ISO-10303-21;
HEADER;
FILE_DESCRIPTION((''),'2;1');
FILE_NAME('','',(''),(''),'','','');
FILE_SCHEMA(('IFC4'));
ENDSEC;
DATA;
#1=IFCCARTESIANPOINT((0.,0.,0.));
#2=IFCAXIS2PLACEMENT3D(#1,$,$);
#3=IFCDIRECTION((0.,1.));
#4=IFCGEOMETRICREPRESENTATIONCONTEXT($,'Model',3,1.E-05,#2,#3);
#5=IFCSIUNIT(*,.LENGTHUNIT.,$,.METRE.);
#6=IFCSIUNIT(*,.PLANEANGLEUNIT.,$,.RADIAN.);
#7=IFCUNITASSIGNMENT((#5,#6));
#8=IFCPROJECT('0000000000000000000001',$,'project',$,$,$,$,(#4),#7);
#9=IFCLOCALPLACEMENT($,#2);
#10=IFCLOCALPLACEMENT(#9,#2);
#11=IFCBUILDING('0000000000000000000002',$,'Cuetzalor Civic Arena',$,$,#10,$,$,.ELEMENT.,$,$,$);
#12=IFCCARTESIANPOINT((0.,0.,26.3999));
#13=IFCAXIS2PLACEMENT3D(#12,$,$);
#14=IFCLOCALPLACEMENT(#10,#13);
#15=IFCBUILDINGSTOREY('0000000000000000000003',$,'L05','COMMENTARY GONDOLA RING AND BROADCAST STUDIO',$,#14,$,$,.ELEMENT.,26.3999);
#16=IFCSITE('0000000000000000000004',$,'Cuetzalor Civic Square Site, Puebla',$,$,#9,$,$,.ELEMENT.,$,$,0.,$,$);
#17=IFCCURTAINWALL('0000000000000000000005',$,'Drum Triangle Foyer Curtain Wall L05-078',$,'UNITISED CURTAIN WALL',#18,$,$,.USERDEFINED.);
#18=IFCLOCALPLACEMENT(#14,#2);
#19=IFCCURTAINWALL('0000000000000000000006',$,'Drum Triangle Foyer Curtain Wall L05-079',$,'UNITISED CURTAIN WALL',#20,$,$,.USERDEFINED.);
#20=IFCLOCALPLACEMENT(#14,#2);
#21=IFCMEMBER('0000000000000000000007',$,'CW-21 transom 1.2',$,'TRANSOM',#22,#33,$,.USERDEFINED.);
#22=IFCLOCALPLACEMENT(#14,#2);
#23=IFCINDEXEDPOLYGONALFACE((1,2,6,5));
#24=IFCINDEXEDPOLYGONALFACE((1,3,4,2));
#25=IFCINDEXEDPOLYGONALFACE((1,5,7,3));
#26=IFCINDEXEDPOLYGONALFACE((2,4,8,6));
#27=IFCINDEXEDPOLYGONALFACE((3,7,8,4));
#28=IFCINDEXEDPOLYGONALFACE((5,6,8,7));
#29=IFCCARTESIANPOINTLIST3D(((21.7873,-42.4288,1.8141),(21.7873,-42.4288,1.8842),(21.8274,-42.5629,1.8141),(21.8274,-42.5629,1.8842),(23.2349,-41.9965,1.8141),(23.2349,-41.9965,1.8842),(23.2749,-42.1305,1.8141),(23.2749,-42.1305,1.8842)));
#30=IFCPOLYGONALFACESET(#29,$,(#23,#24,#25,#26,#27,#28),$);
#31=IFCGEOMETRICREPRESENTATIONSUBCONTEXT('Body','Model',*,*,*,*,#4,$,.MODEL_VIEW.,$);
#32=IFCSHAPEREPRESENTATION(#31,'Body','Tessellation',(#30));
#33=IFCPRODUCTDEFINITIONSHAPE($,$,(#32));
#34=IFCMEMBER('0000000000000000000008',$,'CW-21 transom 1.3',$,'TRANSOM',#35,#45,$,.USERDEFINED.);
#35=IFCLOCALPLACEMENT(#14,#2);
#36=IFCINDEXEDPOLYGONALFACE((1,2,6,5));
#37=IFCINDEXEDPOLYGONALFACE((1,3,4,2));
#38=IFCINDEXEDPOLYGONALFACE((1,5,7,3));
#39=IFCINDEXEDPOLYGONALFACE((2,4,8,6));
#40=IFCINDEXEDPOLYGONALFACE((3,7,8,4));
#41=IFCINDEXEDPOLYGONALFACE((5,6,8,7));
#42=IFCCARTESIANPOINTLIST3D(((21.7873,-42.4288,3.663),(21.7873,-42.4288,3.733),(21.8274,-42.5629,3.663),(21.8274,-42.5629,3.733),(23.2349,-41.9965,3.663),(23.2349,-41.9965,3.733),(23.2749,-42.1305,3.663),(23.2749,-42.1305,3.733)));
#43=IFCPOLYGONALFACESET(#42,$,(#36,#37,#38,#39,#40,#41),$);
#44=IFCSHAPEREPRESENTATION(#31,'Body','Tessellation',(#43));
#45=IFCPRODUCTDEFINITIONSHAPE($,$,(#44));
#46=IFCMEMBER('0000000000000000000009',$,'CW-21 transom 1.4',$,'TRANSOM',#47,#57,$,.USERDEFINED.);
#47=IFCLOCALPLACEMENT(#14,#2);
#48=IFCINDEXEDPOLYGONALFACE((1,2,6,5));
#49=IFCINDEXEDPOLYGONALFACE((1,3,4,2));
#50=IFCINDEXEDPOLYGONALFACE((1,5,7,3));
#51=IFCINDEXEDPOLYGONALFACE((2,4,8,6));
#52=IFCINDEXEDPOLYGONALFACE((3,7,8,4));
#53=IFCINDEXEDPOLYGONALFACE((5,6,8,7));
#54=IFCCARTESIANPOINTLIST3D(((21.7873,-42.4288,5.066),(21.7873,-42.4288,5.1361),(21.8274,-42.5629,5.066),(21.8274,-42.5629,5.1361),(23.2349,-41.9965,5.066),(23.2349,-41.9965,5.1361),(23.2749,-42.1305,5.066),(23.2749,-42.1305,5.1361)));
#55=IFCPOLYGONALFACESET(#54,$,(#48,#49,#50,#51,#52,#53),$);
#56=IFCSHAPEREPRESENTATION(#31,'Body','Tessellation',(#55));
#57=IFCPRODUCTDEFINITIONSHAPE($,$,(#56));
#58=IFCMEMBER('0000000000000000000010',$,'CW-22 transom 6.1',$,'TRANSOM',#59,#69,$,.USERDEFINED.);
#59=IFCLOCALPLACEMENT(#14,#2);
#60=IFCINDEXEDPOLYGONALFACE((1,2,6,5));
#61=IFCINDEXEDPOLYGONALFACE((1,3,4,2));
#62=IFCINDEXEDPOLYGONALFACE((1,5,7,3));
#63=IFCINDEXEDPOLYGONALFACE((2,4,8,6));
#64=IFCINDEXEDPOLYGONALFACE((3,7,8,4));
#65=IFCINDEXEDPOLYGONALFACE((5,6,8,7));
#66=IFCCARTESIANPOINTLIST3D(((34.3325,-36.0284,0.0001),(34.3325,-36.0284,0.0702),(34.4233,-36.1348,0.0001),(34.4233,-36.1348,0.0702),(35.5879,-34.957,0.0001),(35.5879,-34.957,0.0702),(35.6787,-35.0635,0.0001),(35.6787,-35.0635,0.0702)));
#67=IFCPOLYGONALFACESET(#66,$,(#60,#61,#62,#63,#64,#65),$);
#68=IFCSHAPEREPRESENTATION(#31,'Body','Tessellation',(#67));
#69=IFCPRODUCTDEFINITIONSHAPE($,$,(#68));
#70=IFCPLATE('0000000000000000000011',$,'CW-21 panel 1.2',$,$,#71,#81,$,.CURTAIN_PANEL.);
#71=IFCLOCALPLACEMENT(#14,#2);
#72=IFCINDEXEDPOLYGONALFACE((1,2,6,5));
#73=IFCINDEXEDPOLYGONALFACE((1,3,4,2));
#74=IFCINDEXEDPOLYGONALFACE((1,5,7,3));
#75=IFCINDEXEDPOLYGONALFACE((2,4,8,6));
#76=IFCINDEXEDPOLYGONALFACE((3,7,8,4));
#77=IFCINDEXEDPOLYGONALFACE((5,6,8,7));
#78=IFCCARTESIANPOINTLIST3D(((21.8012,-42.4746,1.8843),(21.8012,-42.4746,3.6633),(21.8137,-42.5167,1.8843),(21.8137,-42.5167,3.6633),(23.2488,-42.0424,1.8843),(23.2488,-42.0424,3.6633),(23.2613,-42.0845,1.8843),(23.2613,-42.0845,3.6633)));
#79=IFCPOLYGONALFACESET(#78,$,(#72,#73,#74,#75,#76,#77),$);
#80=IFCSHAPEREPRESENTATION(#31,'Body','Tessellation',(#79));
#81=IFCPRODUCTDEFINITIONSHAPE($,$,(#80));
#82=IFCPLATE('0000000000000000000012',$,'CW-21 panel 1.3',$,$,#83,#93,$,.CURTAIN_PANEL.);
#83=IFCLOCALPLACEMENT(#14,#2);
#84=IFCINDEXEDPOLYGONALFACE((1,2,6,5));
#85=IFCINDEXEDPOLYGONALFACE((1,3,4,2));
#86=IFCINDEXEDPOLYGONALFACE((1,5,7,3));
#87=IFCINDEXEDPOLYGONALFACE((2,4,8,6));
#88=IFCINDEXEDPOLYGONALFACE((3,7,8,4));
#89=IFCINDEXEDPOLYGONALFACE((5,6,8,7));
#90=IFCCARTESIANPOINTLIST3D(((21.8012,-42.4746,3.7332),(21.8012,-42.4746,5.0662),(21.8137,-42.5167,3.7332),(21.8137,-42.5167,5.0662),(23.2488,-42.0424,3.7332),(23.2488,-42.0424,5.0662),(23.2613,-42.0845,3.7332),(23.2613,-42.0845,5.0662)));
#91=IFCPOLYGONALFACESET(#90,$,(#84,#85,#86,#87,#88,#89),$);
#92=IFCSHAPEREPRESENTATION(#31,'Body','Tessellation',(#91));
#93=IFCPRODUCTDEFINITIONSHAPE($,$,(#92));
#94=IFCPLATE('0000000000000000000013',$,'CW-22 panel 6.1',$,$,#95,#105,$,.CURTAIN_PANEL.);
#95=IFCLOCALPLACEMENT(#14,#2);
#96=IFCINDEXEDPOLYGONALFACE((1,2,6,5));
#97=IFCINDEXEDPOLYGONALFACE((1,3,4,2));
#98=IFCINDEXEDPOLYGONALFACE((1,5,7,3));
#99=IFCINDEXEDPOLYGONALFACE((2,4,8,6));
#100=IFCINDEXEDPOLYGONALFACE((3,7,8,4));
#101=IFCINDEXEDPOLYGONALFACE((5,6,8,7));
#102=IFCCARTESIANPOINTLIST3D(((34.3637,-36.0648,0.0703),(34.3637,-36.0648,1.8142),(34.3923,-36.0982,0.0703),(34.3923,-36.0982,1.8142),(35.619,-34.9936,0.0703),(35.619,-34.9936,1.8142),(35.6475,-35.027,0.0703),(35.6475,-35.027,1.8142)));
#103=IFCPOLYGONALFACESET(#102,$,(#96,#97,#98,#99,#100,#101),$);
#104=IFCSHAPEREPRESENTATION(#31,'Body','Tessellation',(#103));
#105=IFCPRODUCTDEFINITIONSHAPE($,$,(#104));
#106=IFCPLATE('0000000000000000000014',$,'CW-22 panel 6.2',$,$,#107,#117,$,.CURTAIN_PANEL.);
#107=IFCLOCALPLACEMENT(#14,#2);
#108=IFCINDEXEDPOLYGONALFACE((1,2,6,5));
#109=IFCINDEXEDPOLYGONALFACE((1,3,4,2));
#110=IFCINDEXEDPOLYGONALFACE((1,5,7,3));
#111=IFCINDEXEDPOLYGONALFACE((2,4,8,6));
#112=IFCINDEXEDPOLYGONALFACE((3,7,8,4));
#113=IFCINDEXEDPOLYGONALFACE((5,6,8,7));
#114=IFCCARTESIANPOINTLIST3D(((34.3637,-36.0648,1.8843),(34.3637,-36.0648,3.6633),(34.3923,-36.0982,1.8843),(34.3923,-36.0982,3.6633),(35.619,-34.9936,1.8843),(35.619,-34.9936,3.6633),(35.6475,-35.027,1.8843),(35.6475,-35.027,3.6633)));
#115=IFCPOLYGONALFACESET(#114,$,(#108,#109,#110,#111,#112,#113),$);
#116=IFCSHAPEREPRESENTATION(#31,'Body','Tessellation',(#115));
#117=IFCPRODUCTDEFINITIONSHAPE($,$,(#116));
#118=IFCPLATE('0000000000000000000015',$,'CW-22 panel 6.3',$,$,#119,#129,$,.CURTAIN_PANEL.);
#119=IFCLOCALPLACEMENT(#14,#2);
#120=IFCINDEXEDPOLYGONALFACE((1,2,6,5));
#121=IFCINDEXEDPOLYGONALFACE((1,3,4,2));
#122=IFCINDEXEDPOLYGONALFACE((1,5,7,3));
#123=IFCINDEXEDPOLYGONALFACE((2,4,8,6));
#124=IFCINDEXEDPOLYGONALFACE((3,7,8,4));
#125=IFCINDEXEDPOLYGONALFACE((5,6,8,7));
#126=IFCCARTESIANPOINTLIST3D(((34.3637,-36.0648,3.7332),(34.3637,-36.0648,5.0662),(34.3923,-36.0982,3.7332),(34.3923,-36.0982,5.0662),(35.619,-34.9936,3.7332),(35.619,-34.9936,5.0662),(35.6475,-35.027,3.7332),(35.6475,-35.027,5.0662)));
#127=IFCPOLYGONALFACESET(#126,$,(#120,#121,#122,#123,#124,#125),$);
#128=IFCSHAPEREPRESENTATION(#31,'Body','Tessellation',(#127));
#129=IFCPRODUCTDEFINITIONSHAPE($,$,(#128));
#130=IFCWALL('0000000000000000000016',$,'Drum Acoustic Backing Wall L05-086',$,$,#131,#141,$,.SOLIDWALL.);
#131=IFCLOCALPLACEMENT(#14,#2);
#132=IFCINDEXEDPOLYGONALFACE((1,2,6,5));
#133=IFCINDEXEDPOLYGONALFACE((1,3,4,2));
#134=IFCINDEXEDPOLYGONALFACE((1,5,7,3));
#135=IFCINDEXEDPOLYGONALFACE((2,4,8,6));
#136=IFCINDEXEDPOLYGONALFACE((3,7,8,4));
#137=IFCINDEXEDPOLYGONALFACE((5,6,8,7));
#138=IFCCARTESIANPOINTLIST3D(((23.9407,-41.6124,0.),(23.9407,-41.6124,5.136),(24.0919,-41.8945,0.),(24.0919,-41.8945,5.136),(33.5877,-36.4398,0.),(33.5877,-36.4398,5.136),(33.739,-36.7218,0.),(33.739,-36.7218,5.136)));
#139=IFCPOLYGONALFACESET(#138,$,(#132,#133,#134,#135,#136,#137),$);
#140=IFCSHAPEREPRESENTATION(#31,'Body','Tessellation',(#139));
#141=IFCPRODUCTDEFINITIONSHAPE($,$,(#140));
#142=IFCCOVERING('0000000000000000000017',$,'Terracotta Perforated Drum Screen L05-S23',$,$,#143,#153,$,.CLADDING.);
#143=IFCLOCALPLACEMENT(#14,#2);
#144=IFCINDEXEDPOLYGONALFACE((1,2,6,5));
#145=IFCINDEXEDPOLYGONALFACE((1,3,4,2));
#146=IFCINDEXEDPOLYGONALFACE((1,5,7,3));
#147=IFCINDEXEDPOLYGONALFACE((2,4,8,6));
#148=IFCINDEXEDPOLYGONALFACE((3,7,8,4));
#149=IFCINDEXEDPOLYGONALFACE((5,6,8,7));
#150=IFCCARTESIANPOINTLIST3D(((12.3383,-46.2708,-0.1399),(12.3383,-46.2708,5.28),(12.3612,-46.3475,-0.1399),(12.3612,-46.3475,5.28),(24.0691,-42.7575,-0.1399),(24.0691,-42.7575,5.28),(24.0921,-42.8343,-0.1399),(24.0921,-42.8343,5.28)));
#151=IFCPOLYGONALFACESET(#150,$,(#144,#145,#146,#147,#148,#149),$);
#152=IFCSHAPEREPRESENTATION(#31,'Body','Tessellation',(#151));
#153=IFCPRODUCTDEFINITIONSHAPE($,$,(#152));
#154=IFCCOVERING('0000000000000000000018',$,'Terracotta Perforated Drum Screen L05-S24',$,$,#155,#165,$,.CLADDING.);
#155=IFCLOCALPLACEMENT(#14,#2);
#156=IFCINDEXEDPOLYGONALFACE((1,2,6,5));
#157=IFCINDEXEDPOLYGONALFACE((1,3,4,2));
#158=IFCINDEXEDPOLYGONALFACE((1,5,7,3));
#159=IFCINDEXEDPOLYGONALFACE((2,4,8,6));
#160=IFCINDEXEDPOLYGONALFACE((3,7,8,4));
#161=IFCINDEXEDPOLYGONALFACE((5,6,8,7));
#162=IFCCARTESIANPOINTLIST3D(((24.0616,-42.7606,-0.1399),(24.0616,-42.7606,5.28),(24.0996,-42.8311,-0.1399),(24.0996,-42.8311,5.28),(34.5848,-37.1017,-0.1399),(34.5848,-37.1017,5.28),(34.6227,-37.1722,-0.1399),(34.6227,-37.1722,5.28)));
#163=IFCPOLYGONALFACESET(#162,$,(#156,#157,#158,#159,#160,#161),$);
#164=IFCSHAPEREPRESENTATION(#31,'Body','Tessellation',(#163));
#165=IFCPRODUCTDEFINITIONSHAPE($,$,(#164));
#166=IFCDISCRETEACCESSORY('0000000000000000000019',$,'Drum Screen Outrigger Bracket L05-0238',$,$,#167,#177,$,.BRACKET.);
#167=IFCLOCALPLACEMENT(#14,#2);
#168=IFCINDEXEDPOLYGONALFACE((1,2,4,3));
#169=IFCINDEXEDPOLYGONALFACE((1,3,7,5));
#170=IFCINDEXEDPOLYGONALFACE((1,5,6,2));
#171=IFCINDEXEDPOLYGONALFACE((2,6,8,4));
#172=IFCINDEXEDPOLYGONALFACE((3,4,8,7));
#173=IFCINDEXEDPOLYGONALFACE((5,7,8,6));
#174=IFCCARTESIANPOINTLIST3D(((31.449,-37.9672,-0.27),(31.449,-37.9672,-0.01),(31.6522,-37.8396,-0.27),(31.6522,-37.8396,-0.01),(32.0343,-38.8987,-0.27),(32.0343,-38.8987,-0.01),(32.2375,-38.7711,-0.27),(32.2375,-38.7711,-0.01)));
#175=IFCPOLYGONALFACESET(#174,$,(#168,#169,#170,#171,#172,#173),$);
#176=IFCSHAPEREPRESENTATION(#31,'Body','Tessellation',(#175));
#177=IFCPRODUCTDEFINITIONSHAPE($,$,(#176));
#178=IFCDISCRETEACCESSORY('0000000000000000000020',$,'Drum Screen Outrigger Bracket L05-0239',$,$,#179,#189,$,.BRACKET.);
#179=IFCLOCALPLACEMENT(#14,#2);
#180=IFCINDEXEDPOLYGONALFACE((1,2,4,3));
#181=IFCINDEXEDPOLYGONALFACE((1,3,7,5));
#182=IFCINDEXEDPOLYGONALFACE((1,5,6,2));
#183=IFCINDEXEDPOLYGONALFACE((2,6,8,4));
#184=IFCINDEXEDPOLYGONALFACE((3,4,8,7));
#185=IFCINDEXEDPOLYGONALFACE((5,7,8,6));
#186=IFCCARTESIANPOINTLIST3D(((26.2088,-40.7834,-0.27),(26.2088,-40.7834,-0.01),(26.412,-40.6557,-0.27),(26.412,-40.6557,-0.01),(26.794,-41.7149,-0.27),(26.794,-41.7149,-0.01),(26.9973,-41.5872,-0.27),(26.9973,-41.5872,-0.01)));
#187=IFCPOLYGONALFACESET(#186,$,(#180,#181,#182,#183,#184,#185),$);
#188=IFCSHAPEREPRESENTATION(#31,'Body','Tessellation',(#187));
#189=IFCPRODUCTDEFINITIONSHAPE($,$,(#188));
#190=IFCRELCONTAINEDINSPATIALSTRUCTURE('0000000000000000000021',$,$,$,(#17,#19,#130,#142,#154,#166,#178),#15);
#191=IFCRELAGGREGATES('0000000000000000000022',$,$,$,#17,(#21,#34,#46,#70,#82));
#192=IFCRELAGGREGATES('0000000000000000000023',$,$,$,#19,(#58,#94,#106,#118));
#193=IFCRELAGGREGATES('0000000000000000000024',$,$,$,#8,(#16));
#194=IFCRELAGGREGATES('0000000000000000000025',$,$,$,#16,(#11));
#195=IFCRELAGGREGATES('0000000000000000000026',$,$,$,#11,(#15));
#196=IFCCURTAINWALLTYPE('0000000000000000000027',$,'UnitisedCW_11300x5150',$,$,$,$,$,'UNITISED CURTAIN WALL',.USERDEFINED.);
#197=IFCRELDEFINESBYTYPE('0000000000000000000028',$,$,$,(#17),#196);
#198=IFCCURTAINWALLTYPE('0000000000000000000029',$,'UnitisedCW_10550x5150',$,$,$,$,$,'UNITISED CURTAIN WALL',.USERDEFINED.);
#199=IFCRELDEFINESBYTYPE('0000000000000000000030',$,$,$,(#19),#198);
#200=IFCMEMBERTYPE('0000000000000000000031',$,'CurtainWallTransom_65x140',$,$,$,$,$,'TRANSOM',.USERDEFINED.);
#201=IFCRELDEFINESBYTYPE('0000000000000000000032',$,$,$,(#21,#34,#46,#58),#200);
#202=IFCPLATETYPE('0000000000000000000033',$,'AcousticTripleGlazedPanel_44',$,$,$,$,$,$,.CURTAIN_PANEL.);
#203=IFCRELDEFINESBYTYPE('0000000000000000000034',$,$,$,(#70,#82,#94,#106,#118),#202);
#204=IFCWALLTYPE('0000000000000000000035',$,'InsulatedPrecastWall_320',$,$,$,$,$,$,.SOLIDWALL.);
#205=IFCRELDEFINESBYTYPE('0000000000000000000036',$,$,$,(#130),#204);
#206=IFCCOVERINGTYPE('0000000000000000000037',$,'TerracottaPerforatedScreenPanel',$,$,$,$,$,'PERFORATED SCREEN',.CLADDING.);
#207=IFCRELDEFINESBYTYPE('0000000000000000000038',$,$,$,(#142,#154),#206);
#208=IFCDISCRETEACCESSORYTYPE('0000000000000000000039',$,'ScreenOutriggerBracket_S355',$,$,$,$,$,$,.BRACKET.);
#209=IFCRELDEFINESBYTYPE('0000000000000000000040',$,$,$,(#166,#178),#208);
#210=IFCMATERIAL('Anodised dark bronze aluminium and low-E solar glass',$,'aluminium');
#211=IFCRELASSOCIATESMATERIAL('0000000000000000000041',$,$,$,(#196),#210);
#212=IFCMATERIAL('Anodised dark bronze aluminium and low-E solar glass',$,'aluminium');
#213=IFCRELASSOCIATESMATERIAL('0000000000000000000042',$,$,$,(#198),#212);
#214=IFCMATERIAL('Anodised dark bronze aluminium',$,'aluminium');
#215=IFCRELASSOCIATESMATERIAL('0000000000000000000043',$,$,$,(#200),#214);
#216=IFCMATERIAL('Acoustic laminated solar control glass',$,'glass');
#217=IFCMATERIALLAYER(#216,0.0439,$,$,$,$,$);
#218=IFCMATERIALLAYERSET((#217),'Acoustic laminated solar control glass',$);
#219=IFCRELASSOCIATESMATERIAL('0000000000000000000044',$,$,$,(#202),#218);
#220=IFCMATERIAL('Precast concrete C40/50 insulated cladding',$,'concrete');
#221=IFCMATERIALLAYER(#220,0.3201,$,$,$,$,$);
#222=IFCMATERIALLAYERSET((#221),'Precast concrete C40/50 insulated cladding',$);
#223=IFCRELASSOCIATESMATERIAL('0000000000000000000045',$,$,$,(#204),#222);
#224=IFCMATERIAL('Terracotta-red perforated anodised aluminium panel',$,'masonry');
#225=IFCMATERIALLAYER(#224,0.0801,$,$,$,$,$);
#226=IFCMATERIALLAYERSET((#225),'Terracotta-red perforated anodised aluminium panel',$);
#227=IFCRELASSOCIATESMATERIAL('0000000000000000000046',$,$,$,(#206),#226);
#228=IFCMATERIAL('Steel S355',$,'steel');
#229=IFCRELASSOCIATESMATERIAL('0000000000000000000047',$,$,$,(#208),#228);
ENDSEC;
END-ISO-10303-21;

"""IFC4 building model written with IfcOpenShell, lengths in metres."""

from ifc_helpers import new_model, si_unit, direction, frame, frame_2d, origin, origin_2d, place, context, subcontext, project, spatial, rectangle, extrude, material, layer, layer_set, material_profile, profile_set, type_object, element, aggregate, save


model = new_model("IFC4")

# Units and contexts
model_context = context("Model", 3, precision=1e-05, world=origin(), true_north=direction((0.0, 1.0)))
body_context = subcontext(model_context, "Body", "Model", "MODEL_VIEW")
ifc_project = project(units=[si_unit("LENGTHUNIT", "METRE"), si_unit("PLANEANGLEUNIT", "RADIAN")], contexts=[model_context])

# Site, building, storey
site_placement = place(None, origin())
site = spatial("IfcSite", under=ifc_project, at=site_placement, Name="Cuetzalor Civic Square Site, Puebla", CompositionType="ELEMENT", RefElevation=0.0)
building_placement = place(site_placement, origin())
building = spatial("IfcBuilding", under=site, at=building_placement, Name="Cuetzalor Civic Arena", CompositionType="ELEMENT")
storey_placement = place(building_placement, frame((0.0, 0.0, 26.3999)))
storey = spatial("IfcBuildingStorey", under=building, at=storey_placement, Name="L05", Description="COMMENTARY GONDOLA RING AND BROADCAST STUDIO", CompositionType="ELEMENT", Elevation=26.3999)

# Curtain walls
ifc_material_1 = material(Name="Anodised dark bronze aluminium and low-E solar glass", Category="aluminium")
curtain_wall_type_1 = type_object("IfcCurtainWallType", Name="UnitisedCW_11300x5150", ElementType="UNITISED CURTAIN WALL", PredefinedType="USERDEFINED", material=ifc_material_1)
curtain_wall_1_placement = place(storey_placement, origin())
curtain_wall_1 = element("IfcCurtainWall", 1, at=curtain_wall_1_placement, inside=storey, type_object=curtain_wall_type_1, Name="Drum Triangle Foyer Curtain Wall L05-078", ObjectType="UNITISED CURTAIN WALL", PredefinedType="USERDEFINED")
ifc_material_2 = material(Name="Anodised dark bronze aluminium and low-E solar glass", Category="aluminium")
curtain_wall_type_2 = type_object("IfcCurtainWallType", Name="UnitisedCW_10550x5150", ElementType="UNITISED CURTAIN WALL", PredefinedType="USERDEFINED", material=ifc_material_2)
curtain_wall_2_placement = place(storey_placement, origin())
curtain_wall_2 = element("IfcCurtainWall", 2, at=curtain_wall_2_placement, inside=storey, type_object=curtain_wall_type_2, Name="Drum Triangle Foyer Curtain Wall L05-079", ObjectType="UNITISED CURTAIN WALL", PredefinedType="USERDEFINED")

# Members
ifc_material_3 = material(Name="Anodised dark bronze aluminium", Category="aluminium")
ifc_material_profile_1 = material_profile(ifc_material_3, rectangle(XDim=0.1399, YDim=0.0701, at=origin_2d()), Name="ALU TRANSOM 70x140")
ifc_profile_set_1 = profile_set([ifc_material_profile_1], Name="Anodised dark bronze aluminium")
member_type_1 = type_object("IfcMemberType", Name="CurtainWallTransom_65x140", ElementType="TRANSOM", PredefinedType="USERDEFINED", material=ifc_profile_set_1)
member_1_placement = place(storey_placement, frame((23.2549, -42.0635, 1.8491), z_axis=(-0.958168, -0.286206, 0.0), x_axis=(0.286206, -0.958168, 0.0)))
member_1 = element("IfcMember", 3, at=member_1_placement, type_object=member_type_1, Name="CW-21 transom 1.2", ObjectType="TRANSOM", PredefinedType="USERDEFINED", context=body_context, shape_type="SweptSolid", body=[
    extrude(rectangle(XDim=0.1399, YDim=0.0701, at=origin_2d()), origin(), (0.0, 0.0, 1.0), 1.5107),
])
member_2_placement = place(storey_placement, frame((23.2549, -42.0635, 3.698), z_axis=(-0.958168, -0.286206, 0.0), x_axis=(0.286206, -0.958168, 0.0)))
member_2 = element("IfcMember", 4, at=member_2_placement, type_object=member_type_1, Name="CW-21 transom 1.3", ObjectType="TRANSOM", PredefinedType="USERDEFINED", context=body_context, shape_type="SweptSolid", body=[
    extrude(rectangle(XDim=0.1399, YDim=0.0701, at=origin_2d()), origin(), (0.0, 0.0, 1.0), 1.5107),
])
member_3_placement = place(storey_placement, frame((23.2549, -42.0635, 5.1011), z_axis=(-0.958168, -0.286206, 0.0), x_axis=(0.286206, -0.958168, 0.0)))
member_3 = element("IfcMember", 5, at=member_3_placement, type_object=member_type_1, Name="CW-21 transom 1.4", ObjectType="TRANSOM", PredefinedType="USERDEFINED", context=body_context, shape_type="SweptSolid", body=[
    extrude(rectangle(XDim=0.1399, YDim=0.0701, at=origin_2d()), origin(), (0.0, 0.0, 1.0), 1.5107),
])
member_4_placement = place(storey_placement, frame((35.6333, -35.0103, 0.0352), z_axis=(-0.760675, -0.649133, 0.0), x_axis=(0.649133, -0.760675, 0.0)))
member_4 = element("IfcMember", 6, at=member_4_placement, type_object=member_type_1, Name="CW-22 transom 6.1", ObjectType="TRANSOM", PredefinedType="USERDEFINED", context=body_context, shape_type="SweptSolid", body=[
    extrude(rectangle(XDim=0.1399, YDim=0.0701, at=origin_2d()), origin(), (0.0, 0.0, 1.0), 1.6504),
])

# Plates
ifc_material_4 = material(Name="Acoustic laminated solar control glass", Category="glass")
ifc_layer_1 = layer(ifc_material_4, 0.0439)
ifc_layer_set_1 = layer_set([ifc_layer_1], Name="Acoustic laminated solar control glass")
plate_type = type_object("IfcPlateType", Name="AcousticTripleGlazedPanel_44", PredefinedType="CURTAIN_PANEL", material=ifc_layer_set_1)
plate_1_placement = place(storey_placement, frame((22.5312, -42.2795, 1.8843), z_axis=(0.0, 0.0, 1.0), x_axis=(-0.958194, -0.28612, 0.0)))
plate_1 = element("IfcPlate", 7, at=plate_1_placement, type_object=plate_type, Name="CW-21 panel 1.2", PredefinedType="CURTAIN_PANEL", context=body_context, shape_type="SweptSolid", body=[
    extrude(rectangle(XDim=1.5107, YDim=0.0439, at=origin_2d()), origin(), (0.0, 0.0, 1.0), 1.7791),
])
plate_2_placement = place(storey_placement, frame((22.5312, -42.2795, 3.7332), z_axis=(0.0, 0.0, 1.0), x_axis=(-0.958194, -0.28612, 0.0)))
plate_2 = element("IfcPlate", 8, at=plate_2_placement, type_object=plate_type, Name="CW-21 panel 1.3", PredefinedType="CURTAIN_PANEL", context=body_context, shape_type="SweptSolid", body=[
    extrude(rectangle(XDim=1.5107, YDim=0.0439, at=origin_2d()), origin(), (0.0, 0.0, 1.0), 1.333),
])
aggregate(curtain_wall_1, [member_1, member_2, member_3, plate_1, plate_2])
plate_3_placement = place(storey_placement, frame((35.0056, -35.5459, 0.0703), z_axis=(0.0, 0.0, 1.0), x_axis=(-0.760677, -0.64913, 0.0)))
plate_3 = element("IfcPlate", 9, at=plate_3_placement, type_object=plate_type, Name="CW-22 panel 6.1", PredefinedType="CURTAIN_PANEL", context=body_context, shape_type="SweptSolid", body=[
    extrude(rectangle(XDim=1.6501, YDim=0.0439, at=origin_2d()), origin(), (0.0, 0.0, 1.0), 1.7439),
])
plate_4_placement = place(storey_placement, frame((35.0056, -35.5459, 1.8843), z_axis=(0.0, 0.0, 1.0), x_axis=(-0.760677, -0.64913, 0.0)))
plate_4 = element("IfcPlate", 10, at=plate_4_placement, type_object=plate_type, Name="CW-22 panel 6.2", PredefinedType="CURTAIN_PANEL", context=body_context, shape_type="SweptSolid", body=[
    extrude(rectangle(XDim=1.6501, YDim=0.0439, at=origin_2d()), origin(), (0.0, 0.0, 1.0), 1.7791),
])
plate_5_placement = place(storey_placement, frame((35.0056, -35.5459, 3.7332), z_axis=(0.0, 0.0, 1.0), x_axis=(-0.760677, -0.64913, 0.0)))
plate_5 = element("IfcPlate", 11, at=plate_5_placement, type_object=plate_type, Name="CW-22 panel 6.3", PredefinedType="CURTAIN_PANEL", context=body_context, shape_type="SweptSolid", body=[
    extrude(rectangle(XDim=1.6501, YDim=0.0439, at=origin_2d()), origin(), (0.0, 0.0, 1.0), 1.333),
])
aggregate(curtain_wall_2, [member_4, plate_3, plate_4, plate_5])

# Wall
ifc_material_5 = material(Name="Precast concrete C40/50 insulated cladding", Category="concrete")
ifc_layer_2 = layer(ifc_material_5, 0.3201)
ifc_layer_set_2 = layer_set([ifc_layer_2], Name="Precast concrete C40/50 insulated cladding")
wall_type = type_object("IfcWallType", Name="InsulatedPrecastWall_320", PredefinedType="SOLIDWALL", material=ifc_layer_set_2)
wall_placement = place(storey_placement, frame((33.6633, -36.5808, 0.0), z_axis=(0.0, 0.0, 1.0), x_axis=(-0.881306, -0.472547, 0.0)))
element("IfcWall", 12, at=wall_placement, inside=storey, type_object=wall_type, Name="Drum Acoustic Backing Wall L05-086", PredefinedType="SOLIDWALL", context=body_context, shape_type="SweptSolid", body=[
    extrude(rectangle(XDim=10.9463, YDim=0.3201, at=frame_2d((5.4731, 0.0))), origin(), (0.0, 0.0, 1.0), 5.136),
])

# Coverings
ifc_material_6 = material(Name="Terracotta-red perforated anodised aluminium panel", Category="masonry")
ifc_layer_3 = layer(ifc_material_6, 0.0801)
ifc_layer_set_3 = layer_set([ifc_layer_3], Name="Terracotta-red perforated anodised aluminium panel")
covering_type = type_object("IfcCoveringType", Name="TerracottaPerforatedScreenPanel", ElementType="PERFORATED SCREEN", PredefinedType="CLADDING", material=ifc_layer_set_3)
covering_1_placement = place(storey_placement, frame((24.0806, -42.7959, -0.1399), z_axis=(0.0, 0.0, 1.0), x_axis=(-0.957962, -0.286896, 0.0)))
element("IfcCovering", 13, at=covering_1_placement, inside=storey, type_object=covering_type, Name="Terracotta Perforated Drum Screen L05-S23", PredefinedType="CLADDING", context=body_context, shape_type="SweptSolid", body=[
    extrude(rectangle(XDim=12.2456, YDim=0.0801, at=frame_2d((6.1228, 0.0))), origin(), (0.0, 0.0, 1.0), 5.4199),
])
covering_2_placement = place(storey_placement, frame((34.6038, -37.137, -0.1399), z_axis=(0.0, 0.0, 1.0), x_axis=(-0.880729, -0.47362, 0.0)))
element("IfcCovering", 14, at=covering_2_placement, inside=storey, type_object=covering_type, Name="Terracotta Perforated Drum Screen L05-S24", PredefinedType="CLADDING", context=body_context, shape_type="SweptSolid", body=[
    extrude(rectangle(XDim=11.9482, YDim=0.0801, at=frame_2d((5.9741, 0.0))), origin(), (0.0, 0.0, 1.0), 5.4199),
])

# Discrete accessories
ifc_material_7 = material(Name="Steel S355", Category="steel")
discrete_accessory_type = type_object("IfcDiscreteAccessoryType", Name="ScreenOutriggerBracket_S355", PredefinedType="BRACKET", material=ifc_material_7)
for number, where, z_axis, x_axis, name in (
    (15, (31.8433, -38.3691, -0.27), (0.0, 0.0, 1.0), (0.53199, -0.846751, 0.0), "Drum Screen Outrigger Bracket L05-0238"),
    (16, (26.603, -41.1853, -0.27), (0.0, 0.0, 1.0), (0.53199, -0.846751, 0.0), "Drum Screen Outrigger Bracket L05-0239"),
):
    element("IfcDiscreteAccessory", number, at=place(storey_placement, frame(where, z_axis=z_axis, x_axis=x_axis)), inside=storey, type_object=discrete_accessory_type, Name=name, PredefinedType="BRACKET", context=body_context, shape_type="SweptSolid", body=[
        extrude(rectangle(XDim=1.1001, YDim=0.24, at=origin_2d()), origin(), (0.0, 0.0, 1.0), 0.26),
    ])

save(model, "model.ifc")
